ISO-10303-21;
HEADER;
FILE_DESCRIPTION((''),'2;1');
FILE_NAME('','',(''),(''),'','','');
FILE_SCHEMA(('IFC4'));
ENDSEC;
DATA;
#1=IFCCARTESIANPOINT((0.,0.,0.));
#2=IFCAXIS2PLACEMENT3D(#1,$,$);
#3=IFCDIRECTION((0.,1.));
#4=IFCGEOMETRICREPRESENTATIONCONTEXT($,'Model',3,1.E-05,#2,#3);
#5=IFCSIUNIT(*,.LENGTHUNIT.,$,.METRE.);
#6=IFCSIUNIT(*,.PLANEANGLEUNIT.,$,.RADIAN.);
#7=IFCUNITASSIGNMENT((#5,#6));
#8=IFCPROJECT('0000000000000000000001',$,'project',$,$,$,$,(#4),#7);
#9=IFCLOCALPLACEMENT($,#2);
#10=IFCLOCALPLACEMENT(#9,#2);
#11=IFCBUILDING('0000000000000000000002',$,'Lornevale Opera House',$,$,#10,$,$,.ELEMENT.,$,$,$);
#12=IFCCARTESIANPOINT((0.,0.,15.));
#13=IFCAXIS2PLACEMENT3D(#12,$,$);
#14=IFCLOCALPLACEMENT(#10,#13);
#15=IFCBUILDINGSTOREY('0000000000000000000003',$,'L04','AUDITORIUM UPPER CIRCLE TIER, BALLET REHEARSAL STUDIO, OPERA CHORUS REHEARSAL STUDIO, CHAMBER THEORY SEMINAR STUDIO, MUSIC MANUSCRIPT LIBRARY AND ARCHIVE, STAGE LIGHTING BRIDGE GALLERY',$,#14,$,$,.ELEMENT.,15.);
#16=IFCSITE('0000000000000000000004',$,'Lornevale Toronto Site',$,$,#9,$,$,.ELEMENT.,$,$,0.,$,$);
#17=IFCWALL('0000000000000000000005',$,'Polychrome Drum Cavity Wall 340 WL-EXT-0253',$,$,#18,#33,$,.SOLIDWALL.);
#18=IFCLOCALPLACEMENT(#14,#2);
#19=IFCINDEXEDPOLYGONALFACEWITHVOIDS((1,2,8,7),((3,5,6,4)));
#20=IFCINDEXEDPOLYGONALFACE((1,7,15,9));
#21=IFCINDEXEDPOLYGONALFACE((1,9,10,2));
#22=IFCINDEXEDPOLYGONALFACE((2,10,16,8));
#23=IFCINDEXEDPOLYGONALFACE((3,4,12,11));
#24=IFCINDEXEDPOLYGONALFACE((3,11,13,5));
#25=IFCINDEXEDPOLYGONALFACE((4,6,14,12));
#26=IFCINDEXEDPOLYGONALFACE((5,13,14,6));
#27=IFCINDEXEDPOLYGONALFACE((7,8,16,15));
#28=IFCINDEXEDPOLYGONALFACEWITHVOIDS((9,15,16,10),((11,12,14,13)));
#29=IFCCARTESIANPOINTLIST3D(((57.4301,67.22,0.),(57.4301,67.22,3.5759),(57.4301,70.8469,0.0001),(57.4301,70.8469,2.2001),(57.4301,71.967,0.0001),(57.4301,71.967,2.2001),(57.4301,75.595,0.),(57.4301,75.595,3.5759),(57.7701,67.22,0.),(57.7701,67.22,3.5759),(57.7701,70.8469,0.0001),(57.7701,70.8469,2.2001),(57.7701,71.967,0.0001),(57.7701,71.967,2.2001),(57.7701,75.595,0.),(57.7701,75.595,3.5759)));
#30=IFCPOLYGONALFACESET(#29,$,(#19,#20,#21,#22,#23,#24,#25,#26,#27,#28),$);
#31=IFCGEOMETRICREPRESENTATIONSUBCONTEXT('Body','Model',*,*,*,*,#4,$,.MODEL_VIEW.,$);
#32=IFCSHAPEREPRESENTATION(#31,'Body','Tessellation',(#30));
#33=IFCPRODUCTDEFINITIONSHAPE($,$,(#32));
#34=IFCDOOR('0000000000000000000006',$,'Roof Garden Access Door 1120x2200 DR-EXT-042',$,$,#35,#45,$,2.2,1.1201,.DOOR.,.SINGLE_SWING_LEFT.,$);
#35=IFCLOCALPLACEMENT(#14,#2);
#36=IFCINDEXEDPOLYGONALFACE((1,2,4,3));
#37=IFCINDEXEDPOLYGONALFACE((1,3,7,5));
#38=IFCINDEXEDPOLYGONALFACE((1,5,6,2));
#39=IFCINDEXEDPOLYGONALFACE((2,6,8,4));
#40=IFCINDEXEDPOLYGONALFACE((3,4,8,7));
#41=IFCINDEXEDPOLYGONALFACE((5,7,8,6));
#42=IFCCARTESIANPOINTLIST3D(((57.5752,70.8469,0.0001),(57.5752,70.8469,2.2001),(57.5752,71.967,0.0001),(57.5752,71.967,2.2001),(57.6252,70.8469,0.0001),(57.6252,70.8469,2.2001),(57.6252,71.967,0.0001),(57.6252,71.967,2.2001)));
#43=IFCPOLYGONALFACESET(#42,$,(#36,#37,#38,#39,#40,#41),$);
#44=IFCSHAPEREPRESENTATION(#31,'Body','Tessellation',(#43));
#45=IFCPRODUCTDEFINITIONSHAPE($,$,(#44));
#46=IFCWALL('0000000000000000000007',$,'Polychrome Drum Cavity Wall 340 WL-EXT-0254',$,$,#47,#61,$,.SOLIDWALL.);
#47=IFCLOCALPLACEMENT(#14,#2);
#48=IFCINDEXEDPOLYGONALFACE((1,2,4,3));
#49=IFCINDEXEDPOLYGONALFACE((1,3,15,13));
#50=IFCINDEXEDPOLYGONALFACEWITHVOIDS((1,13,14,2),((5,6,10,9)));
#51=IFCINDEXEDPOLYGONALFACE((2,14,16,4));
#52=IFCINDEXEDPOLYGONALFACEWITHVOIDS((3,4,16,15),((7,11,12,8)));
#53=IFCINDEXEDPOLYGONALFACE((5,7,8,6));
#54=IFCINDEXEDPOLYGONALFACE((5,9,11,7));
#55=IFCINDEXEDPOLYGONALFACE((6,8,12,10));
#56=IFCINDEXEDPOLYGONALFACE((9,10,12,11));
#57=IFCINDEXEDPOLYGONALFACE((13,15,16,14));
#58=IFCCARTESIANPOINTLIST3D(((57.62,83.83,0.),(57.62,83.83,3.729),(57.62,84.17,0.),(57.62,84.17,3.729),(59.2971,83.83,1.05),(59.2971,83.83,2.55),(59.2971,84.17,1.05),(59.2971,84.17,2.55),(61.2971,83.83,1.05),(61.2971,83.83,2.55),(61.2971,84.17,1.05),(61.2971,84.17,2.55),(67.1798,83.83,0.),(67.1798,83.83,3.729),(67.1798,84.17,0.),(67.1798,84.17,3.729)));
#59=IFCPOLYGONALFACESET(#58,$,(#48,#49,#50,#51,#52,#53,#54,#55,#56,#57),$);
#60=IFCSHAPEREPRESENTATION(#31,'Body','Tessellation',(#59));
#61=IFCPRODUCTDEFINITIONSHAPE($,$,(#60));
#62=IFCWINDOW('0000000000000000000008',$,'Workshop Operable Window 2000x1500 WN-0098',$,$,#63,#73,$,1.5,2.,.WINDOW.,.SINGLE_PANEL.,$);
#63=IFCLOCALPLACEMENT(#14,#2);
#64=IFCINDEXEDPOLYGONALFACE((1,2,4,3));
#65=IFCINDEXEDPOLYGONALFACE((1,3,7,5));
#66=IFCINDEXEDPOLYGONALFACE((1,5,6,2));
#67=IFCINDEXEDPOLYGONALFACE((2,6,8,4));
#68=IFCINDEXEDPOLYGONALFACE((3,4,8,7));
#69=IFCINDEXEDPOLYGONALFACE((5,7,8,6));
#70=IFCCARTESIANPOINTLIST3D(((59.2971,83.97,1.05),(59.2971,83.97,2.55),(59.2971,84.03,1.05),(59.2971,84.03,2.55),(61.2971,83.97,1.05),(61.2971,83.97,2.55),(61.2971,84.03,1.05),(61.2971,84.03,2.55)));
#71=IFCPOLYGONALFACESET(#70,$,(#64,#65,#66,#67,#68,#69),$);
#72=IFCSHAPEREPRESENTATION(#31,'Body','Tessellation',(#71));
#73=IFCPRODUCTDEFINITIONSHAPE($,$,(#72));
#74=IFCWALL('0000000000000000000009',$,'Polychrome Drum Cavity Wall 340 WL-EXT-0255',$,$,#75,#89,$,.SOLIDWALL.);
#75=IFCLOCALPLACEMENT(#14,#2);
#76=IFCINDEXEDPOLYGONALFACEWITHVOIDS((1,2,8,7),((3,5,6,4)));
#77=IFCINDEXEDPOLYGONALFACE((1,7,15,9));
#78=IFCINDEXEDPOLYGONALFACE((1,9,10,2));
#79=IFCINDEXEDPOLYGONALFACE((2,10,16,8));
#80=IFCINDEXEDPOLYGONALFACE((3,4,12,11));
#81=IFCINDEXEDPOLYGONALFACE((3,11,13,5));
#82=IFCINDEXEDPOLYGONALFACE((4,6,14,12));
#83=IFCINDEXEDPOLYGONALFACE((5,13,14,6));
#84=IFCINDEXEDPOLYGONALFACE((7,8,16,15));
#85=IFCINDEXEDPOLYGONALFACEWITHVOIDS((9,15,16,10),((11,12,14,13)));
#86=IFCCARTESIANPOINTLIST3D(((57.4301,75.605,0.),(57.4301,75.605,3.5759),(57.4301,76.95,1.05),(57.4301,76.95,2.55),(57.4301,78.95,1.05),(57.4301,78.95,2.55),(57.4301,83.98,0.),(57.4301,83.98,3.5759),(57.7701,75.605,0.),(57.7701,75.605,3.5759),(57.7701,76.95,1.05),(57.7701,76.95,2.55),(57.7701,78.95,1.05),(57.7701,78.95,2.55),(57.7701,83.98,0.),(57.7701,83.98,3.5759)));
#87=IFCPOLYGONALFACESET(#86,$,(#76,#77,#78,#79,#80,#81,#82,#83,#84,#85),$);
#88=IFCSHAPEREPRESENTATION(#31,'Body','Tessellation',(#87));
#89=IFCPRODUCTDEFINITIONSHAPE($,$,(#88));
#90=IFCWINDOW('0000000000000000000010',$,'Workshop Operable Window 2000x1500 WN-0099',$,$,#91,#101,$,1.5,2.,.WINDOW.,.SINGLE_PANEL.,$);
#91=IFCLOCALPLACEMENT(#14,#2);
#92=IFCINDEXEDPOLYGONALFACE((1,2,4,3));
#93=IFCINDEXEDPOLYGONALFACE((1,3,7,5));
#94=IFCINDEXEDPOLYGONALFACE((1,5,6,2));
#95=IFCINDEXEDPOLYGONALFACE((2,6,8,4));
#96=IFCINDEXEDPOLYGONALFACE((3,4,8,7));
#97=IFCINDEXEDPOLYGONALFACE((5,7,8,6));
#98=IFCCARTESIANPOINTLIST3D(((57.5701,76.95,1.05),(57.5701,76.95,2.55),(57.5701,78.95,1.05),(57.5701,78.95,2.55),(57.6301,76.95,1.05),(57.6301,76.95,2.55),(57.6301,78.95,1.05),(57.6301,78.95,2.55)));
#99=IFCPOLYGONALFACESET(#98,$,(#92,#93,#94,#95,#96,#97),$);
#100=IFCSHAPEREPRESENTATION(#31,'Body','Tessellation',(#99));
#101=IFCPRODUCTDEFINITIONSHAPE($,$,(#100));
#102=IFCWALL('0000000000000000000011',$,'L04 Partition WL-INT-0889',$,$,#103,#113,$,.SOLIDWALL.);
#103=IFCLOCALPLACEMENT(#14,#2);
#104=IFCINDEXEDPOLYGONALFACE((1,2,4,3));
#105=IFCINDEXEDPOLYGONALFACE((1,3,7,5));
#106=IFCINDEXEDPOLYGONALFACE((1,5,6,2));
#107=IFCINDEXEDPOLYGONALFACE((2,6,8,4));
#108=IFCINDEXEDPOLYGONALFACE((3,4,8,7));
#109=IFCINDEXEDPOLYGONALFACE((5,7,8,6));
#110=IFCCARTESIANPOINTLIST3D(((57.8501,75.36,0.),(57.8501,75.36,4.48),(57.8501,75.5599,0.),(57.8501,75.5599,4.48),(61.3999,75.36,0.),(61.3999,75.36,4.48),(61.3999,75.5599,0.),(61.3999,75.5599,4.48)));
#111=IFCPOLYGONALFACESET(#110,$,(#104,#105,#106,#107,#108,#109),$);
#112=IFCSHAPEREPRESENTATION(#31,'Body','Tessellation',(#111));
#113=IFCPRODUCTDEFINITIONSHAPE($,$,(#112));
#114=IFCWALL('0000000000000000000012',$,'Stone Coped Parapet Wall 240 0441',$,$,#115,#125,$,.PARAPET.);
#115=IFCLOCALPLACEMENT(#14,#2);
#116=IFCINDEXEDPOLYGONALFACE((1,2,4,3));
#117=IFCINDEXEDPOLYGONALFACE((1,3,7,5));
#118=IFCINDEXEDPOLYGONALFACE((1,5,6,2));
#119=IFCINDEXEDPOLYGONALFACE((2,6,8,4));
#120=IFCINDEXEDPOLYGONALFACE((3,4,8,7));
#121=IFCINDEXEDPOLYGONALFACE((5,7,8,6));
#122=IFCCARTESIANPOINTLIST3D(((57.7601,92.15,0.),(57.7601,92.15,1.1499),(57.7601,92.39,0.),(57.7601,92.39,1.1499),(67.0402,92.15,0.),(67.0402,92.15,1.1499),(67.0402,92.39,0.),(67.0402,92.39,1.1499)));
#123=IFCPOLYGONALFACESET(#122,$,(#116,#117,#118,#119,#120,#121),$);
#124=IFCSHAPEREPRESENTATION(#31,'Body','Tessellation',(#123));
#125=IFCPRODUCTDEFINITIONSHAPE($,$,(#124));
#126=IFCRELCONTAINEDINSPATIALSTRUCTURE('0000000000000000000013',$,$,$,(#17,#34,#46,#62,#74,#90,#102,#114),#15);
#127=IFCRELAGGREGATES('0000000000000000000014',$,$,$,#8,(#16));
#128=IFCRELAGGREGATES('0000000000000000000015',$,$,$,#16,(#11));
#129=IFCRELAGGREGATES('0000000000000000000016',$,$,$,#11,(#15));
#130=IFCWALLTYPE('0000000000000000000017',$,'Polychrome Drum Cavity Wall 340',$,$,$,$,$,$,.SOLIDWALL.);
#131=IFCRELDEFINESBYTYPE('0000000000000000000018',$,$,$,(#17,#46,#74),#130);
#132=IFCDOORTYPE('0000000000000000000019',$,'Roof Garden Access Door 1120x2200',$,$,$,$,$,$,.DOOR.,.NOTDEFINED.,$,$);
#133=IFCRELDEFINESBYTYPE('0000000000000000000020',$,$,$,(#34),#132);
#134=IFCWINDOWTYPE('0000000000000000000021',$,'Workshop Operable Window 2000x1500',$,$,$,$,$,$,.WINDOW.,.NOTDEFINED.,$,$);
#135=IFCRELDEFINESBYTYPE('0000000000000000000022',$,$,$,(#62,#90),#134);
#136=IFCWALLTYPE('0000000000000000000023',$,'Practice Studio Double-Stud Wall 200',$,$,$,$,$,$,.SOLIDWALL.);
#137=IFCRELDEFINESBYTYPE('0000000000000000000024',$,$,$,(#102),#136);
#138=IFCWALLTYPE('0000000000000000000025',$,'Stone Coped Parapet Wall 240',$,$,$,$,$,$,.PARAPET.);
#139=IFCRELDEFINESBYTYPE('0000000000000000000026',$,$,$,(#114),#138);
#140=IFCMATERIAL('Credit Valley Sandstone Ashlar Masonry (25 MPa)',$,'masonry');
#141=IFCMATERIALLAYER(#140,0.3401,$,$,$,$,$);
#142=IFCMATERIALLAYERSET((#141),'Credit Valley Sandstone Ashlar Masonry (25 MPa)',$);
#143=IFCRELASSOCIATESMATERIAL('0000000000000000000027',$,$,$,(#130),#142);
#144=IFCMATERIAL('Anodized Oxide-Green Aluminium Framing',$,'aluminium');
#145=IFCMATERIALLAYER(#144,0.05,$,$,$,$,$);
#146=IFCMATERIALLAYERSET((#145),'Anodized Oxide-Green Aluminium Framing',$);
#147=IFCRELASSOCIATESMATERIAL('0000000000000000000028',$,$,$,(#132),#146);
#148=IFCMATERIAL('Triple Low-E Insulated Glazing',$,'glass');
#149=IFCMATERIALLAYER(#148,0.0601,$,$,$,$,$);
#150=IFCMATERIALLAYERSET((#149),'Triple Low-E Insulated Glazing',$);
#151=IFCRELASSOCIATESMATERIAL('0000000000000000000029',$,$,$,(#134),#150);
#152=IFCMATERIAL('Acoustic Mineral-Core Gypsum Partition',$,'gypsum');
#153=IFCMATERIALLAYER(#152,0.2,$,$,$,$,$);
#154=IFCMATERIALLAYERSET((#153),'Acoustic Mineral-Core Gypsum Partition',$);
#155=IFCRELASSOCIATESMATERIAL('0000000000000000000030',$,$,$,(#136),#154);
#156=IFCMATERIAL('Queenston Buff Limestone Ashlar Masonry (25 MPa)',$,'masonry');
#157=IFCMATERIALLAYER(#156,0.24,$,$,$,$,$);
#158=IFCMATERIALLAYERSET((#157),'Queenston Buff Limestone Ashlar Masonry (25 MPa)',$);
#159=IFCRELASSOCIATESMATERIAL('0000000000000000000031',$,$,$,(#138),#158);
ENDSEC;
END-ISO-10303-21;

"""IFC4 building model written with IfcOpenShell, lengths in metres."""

from ifc_helpers import new_model, si_unit, direction, frame, frame_2d, origin, place, context, subcontext, project, spatial, rectangle, extrude, material, layer, layer_set, type_object, element, fill, save


model = new_model("IFC4")

# Units and contexts
model_context = context("Model", 3, precision=1e-05, world=origin(), true_north=direction((0.0, 1.0)))
body_context = subcontext(model_context, "Body", "Model", "MODEL_VIEW")
ifc_project = project(units=[si_unit("LENGTHUNIT", "METRE"), si_unit("PLANEANGLEUNIT", "RADIAN")], contexts=[model_context])

# Site, building, storey
site_placement = place(None, origin())
site = spatial("IfcSite", under=ifc_project, at=site_placement, Name="Lornevale Toronto Site", CompositionType="ELEMENT", RefElevation=0.0)
building_placement = place(site_placement, origin())
building = spatial("IfcBuilding", under=site, at=building_placement, Name="Lornevale Opera House", CompositionType="ELEMENT")
storey_placement = place(building_placement, frame((0.0, 0.0, 15.0)))
storey = spatial("IfcBuildingStorey", under=building, at=storey_placement, Name="L04", Description="AUDITORIUM UPPER CIRCLE TIER, BALLET REHEARSAL STUDIO, OPERA CHORUS REHEARSAL STUDIO, CHAMBER THEORY SEMINAR STUDIO, MUSIC MANUSCRIPT LIBRARY AND ARCHIVE, STAGE LIGHTING BRIDGE GALLERY", CompositionType="ELEMENT", Elevation=15.0)

# Wall, opening, door
ifc_material_1 = material(Name="Credit Valley Sandstone Ashlar Masonry (25 MPa)", Category="masonry")
ifc_layer_1 = layer(ifc_material_1, 0.3401)
ifc_layer_set_1 = layer_set([ifc_layer_1], Name="Credit Valley Sandstone Ashlar Masonry (25 MPa)")
wall_type_1 = type_object("IfcWallType", Name="Polychrome Drum Cavity Wall 340", PredefinedType="SOLIDWALL", material=ifc_layer_set_1)
wall_1_placement = place(storey_placement, frame((57.6001, 67.22, 0.0), z_axis=(0.0, 0.0, 1.0), x_axis=(0.0, 1.0, 0.0)))
wall_1 = element("IfcWall", 1, at=wall_1_placement, inside=storey, type_object=wall_type_1, Name="Polychrome Drum Cavity Wall 340 WL-EXT-0253", PredefinedType="SOLIDWALL", context=body_context, shape_type="SweptSolid", body=[
    extrude(rectangle(XDim=8.375, YDim=0.3401, at=frame_2d((4.1875, 0.0))), origin(), (0.0, 0.0, 1.0), 3.5759),
])
opening_1_placement = place(wall_1_placement, frame((3.627, 0.0, 0.0)))
opening_1 = element("IfcOpeningElement", 2, at=opening_1_placement, cuts=wall_1, PredefinedType="OPENING", context=body_context, shape_type="SweptSolid", body=[
    extrude(rectangle(XDim=1.1201, YDim=2.2, at=frame_2d((0.5601, 1.1001))), frame((0.0, 0.1799, 0.0), z_axis=(0.0, -1.0, 0.0), x_axis=(1.0, 0.0, 0.0)), (0.0, 0.0, 1.0), 0.3601),
])
ifc_material_2 = material(Name="Anodized Oxide-Green Aluminium Framing", Category="aluminium")
ifc_layer_2 = layer(ifc_material_2, 0.05)
ifc_layer_set_2 = layer_set([ifc_layer_2], Name="Anodized Oxide-Green Aluminium Framing")
door_type = type_object("IfcDoorType", Name="Roof Garden Access Door 1120x2200", OperationType="NOTDEFINED", PredefinedType="DOOR", material=ifc_layer_set_2)
door_placement = place(opening_1_placement, origin())
door = element("IfcDoor", 3, at=door_placement, inside=storey, type_object=door_type, Name="Roof Garden Access Door 1120x2200 DR-EXT-042", OperationType="SINGLE_SWING_LEFT", OverallHeight=2.2, OverallWidth=1.1201, PredefinedType="DOOR", context=body_context, shape_type="SweptSolid", body=[
    extrude(rectangle(XDim=1.1201, YDim=2.2, at=frame_2d((0.5601, 1.1001))), frame((0.0, 0.0249, 0.0), z_axis=(0.0, -1.0, 0.0), x_axis=(1.0, 0.0, 0.0)), (0.0, 0.0, 1.0), 0.05),
])
fill(opening_1, door)

# Walls, openings, windows
wall_2_placement = place(storey_placement, frame((57.6201, 84.0, 0.0), z_axis=(0.0, 0.0, 1.0), x_axis=(1.0, 0.0, 0.0)))
wall_2 = element("IfcWall", 4, at=wall_2_placement, inside=storey, type_object=wall_type_1, Name="Polychrome Drum Cavity Wall 340 WL-EXT-0254", PredefinedType="SOLIDWALL", context=body_context, shape_type="SweptSolid", body=[
    extrude(rectangle(XDim=9.5598, YDim=0.3401, at=frame_2d((4.7798, 0.0))), origin(), (0.0, 0.0, 1.0), 3.729),
])
opening_2_placement = place(wall_2_placement, frame((1.677, 0.0, 1.05)))
opening_2 = element("IfcOpeningElement", 5, at=opening_2_placement, cuts=wall_2, PredefinedType="OPENING", context=body_context, shape_type="SweptSolid", body=[
    extrude(rectangle(XDim=2.0, YDim=1.5, at=frame_2d((1.0, 0.75))), frame((0.0, 0.1799, 0.0), z_axis=(0.0, -1.0, 0.0), x_axis=(1.0, 0.0, 0.0)), (0.0, 0.0, 1.0), 0.3601),
])
ifc_material_3 = material(Name="Triple Low-E Insulated Glazing", Category="glass")
ifc_layer_3 = layer(ifc_material_3, 0.0601)
ifc_layer_set_3 = layer_set([ifc_layer_3], Name="Triple Low-E Insulated Glazing")
window_type = type_object("IfcWindowType", Name="Workshop Operable Window 2000x1500", PartitioningType="NOTDEFINED", PredefinedType="WINDOW", material=ifc_layer_set_3)
window_1_placement = place(opening_2_placement, origin())
window_1 = element("IfcWindow", 6, at=window_1_placement, inside=storey, type_object=window_type, Name="Workshop Operable Window 2000x1500 WN-0098", OverallHeight=1.5, OverallWidth=2.0, PartitioningType="SINGLE_PANEL", PredefinedType="WINDOW", context=body_context, shape_type="SweptSolid", body=[
    extrude(rectangle(XDim=2.0, YDim=1.5, at=frame_2d((1.0, 0.75))), frame((0.0, 0.03, 0.0), z_axis=(0.0, -1.0, 0.0), x_axis=(1.0, 0.0, 0.0)), (0.0, 0.0, 1.0), 0.0601),
])
fill(opening_2, window_1)
wall_3_placement = place(storey_placement, frame((57.6001, 75.605, 0.0), z_axis=(0.0, 0.0, 1.0), x_axis=(0.0, 1.0, 0.0)))
wall_3 = element("IfcWall", 7, at=wall_3_placement, inside=storey, type_object=wall_type_1, Name="Polychrome Drum Cavity Wall 340 WL-EXT-0255", PredefinedType="SOLIDWALL", context=body_context, shape_type="SweptSolid", body=[
    extrude(rectangle(XDim=8.375, YDim=0.3401, at=frame_2d((4.1875, 0.0))), origin(), (0.0, 0.0, 1.0), 3.5759),
])
opening_3_placement = place(wall_3_placement, frame((1.345, 0.0, 1.05)))
opening_3 = element("IfcOpeningElement", 8, at=opening_3_placement, cuts=wall_3, PredefinedType="OPENING", context=body_context, shape_type="SweptSolid", body=[
    extrude(rectangle(XDim=2.0, YDim=1.5, at=frame_2d((1.0, 0.75))), frame((0.0, 0.1799, 0.0), z_axis=(0.0, -1.0, 0.0), x_axis=(1.0, 0.0, 0.0)), (0.0, 0.0, 1.0), 0.3601),
])
window_2_placement = place(opening_3_placement, origin())
window_2 = element("IfcWindow", 9, at=window_2_placement, inside=storey, type_object=window_type, Name="Workshop Operable Window 2000x1500 WN-0099", OverallHeight=1.5, OverallWidth=2.0, PartitioningType="SINGLE_PANEL", PredefinedType="WINDOW", context=body_context, shape_type="SweptSolid", body=[
    extrude(rectangle(XDim=2.0, YDim=1.5, at=frame_2d((1.0, 0.75))), frame((0.0, 0.03, 0.0), z_axis=(0.0, -1.0, 0.0), x_axis=(1.0, 0.0, 0.0)), (0.0, 0.0, 1.0), 0.0601),
])
fill(opening_3, window_2)

# Walls
ifc_material_4 = material(Name="Acoustic Mineral-Core Gypsum Partition", Category="gypsum")
ifc_layer_4 = layer(ifc_material_4, 0.2)
ifc_layer_set_4 = layer_set([ifc_layer_4], Name="Acoustic Mineral-Core Gypsum Partition")
wall_type_2 = type_object("IfcWallType", Name="Practice Studio Double-Stud Wall 200", PredefinedType="SOLIDWALL", material=ifc_layer_set_4)
wall_4_placement = place(storey_placement, frame((57.8501, 75.46, 0.0), z_axis=(0.0, 0.0, 1.0), x_axis=(1.0, 0.0, 0.0)))
element("IfcWall", 10, at=wall_4_placement, inside=storey, type_object=wall_type_2, Name="L04 Partition WL-INT-0889", PredefinedType="SOLIDWALL", context=body_context, shape_type="SweptSolid", body=[
    extrude(rectangle(XDim=3.5498, YDim=0.2, at=frame_2d((1.7749, 0.0))), origin(), (0.0, 0.0, 1.0), 4.48),
])
ifc_material_5 = material(Name="Queenston Buff Limestone Ashlar Masonry (25 MPa)", Category="masonry")
ifc_layer_5 = layer(ifc_material_5, 0.24)
ifc_layer_set_5 = layer_set([ifc_layer_5], Name="Queenston Buff Limestone Ashlar Masonry (25 MPa)")
wall_type_3 = type_object("IfcWallType", Name="Stone Coped Parapet Wall 240", PredefinedType="PARAPET", material=ifc_layer_set_5)
wall_5_placement = place(storey_placement, frame((57.76, 92.27, 0.0), z_axis=(0.0, 0.0, 1.0), x_axis=(1.0, 0.0, 0.0)))
element("IfcWall", 11, at=wall_5_placement, inside=storey, type_object=wall_type_3, Name="Stone Coped Parapet Wall 240 0441", PredefinedType="PARAPET", context=body_context, shape_type="SweptSolid", body=[
    extrude(rectangle(XDim=9.28, YDim=0.24, at=frame_2d((4.6401, 0.0))), origin(), (0.0, 0.0, 1.0), 1.1499),
])

save(model, "model.ifc")
